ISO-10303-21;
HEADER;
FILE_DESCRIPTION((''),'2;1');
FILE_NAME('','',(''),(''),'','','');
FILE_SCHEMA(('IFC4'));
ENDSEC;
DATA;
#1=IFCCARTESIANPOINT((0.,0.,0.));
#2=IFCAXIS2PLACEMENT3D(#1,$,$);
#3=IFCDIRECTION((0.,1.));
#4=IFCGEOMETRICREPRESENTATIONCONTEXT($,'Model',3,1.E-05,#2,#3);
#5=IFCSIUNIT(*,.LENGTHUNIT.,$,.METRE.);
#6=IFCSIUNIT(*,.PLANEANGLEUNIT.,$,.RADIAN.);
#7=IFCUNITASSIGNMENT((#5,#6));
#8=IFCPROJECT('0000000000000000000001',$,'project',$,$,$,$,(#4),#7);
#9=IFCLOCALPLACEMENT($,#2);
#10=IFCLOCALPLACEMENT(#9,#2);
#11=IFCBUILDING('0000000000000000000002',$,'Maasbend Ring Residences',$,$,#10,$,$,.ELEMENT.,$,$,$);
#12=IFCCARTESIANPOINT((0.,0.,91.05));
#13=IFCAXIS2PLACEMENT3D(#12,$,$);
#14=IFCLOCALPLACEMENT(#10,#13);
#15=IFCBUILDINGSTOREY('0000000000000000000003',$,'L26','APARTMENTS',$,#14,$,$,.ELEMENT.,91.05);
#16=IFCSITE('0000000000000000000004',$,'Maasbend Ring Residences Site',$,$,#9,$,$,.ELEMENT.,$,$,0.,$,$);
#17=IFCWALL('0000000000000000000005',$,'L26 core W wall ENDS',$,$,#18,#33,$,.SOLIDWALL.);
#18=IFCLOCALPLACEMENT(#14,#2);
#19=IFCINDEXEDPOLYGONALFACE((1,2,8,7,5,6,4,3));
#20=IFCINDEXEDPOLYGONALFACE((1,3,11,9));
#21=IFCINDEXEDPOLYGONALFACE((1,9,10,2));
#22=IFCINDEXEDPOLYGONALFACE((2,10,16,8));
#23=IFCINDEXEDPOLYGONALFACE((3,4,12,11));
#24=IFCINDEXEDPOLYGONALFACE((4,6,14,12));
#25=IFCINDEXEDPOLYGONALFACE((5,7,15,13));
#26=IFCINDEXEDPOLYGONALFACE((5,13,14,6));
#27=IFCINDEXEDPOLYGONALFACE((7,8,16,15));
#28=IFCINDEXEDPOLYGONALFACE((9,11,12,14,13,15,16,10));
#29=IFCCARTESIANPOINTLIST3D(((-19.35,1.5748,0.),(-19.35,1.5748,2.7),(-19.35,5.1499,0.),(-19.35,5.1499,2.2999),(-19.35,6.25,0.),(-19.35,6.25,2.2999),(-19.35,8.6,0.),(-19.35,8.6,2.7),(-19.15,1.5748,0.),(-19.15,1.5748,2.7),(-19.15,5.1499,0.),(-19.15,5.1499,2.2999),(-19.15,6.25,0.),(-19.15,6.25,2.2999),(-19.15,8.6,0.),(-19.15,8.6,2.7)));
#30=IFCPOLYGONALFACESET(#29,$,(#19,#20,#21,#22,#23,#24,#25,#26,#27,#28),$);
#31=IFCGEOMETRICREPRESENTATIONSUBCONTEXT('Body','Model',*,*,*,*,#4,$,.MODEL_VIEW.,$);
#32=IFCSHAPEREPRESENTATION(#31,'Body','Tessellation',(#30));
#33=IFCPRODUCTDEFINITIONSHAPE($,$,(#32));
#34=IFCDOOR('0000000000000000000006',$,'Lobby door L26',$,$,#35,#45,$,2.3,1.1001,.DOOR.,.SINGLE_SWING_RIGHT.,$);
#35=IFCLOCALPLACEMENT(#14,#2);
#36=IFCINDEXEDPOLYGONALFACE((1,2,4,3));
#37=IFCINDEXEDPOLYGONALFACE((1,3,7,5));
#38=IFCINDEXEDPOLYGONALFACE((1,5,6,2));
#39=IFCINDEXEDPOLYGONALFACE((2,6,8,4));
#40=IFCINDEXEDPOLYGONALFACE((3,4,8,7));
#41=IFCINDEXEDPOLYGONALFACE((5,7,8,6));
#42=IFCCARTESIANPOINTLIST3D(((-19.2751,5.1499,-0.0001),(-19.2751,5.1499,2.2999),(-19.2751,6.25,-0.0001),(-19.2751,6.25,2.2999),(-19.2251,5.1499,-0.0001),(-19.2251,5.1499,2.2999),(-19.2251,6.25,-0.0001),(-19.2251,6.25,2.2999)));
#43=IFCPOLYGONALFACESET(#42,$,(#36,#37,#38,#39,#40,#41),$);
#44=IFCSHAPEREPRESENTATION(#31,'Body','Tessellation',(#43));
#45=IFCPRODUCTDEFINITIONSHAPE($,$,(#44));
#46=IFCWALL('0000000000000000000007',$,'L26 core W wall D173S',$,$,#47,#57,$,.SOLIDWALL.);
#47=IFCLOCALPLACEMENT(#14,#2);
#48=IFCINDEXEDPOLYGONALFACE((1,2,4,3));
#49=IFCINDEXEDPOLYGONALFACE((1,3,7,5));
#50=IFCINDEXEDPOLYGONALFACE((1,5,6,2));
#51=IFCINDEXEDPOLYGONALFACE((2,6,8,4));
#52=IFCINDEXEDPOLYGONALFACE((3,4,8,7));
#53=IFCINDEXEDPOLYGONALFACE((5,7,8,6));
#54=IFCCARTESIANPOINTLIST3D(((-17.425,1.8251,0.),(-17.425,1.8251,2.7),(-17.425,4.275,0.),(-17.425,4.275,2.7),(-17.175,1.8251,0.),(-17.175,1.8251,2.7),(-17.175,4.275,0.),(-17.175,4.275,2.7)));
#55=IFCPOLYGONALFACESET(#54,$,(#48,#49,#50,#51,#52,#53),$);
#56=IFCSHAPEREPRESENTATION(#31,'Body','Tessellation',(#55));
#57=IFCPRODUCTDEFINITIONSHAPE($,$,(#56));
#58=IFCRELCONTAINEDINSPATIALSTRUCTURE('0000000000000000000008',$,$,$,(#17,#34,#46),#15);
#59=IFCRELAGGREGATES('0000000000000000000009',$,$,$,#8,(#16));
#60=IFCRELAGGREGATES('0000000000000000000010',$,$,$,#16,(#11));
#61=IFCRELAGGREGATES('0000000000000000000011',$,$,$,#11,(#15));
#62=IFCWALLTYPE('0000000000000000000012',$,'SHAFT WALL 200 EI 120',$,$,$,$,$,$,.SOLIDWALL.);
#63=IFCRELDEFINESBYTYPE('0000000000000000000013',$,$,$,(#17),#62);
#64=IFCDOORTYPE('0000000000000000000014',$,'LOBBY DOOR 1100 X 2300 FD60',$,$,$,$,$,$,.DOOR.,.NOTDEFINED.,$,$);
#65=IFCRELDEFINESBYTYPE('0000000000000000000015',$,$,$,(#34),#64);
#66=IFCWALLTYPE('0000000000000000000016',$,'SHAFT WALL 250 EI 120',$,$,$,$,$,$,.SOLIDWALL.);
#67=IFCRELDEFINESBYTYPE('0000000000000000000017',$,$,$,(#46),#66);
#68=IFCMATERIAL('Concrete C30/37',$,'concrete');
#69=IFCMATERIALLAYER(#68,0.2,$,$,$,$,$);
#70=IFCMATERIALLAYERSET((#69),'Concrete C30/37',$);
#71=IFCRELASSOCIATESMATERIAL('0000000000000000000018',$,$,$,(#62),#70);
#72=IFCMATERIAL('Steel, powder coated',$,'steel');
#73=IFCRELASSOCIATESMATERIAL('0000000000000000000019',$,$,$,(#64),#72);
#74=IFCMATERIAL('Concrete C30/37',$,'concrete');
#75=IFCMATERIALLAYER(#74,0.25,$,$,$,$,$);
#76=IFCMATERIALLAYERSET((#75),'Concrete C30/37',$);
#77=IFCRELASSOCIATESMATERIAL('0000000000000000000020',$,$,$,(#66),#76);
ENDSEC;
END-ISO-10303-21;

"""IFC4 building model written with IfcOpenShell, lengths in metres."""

from ifc_helpers import new_model, si_unit, direction, frame, frame_2d, origin, place, context, subcontext, project, spatial, rectangle, extrude, material, layer, layer_set, type_object, element, fill, save


model = new_model("IFC4")

# Units and contexts
model_context = context("Model", 3, precision=1e-05, world=origin(), true_north=direction((0.0, 1.0)))
body_context = subcontext(model_context, "Body", "Model", "MODEL_VIEW")
ifc_project = project(units=[si_unit("LENGTHUNIT", "METRE"), si_unit("PLANEANGLEUNIT", "RADIAN")], contexts=[model_context])

# Site, building, storey
site_placement = place(None, origin())
site = spatial("IfcSite", under=ifc_project, at=site_placement, Name="Maasbend Ring Residences Site", CompositionType="ELEMENT", RefElevation=0.0)
building_placement = place(site_placement, origin())
building = spatial("IfcBuilding", under=site, at=building_placement, Name="Maasbend Ring Residences", CompositionType="ELEMENT")
storey_placement = place(building_placement, frame((0.0, 0.0, 91.05)))
storey = spatial("IfcBuildingStorey", under=building, at=storey_placement, Name="L26", Description="APARTMENTS", CompositionType="ELEMENT", Elevation=91.05)

# Wall, opening, door
ifc_material_1 = material(Name="Concrete C30/37", Category="concrete")
ifc_layer_1 = layer(ifc_material_1, 0.2)
ifc_layer_set_1 = layer_set([ifc_layer_1], Name="Concrete C30/37")
wall_type_1 = type_object("IfcWallType", Name="SHAFT WALL 200 EI 120", PredefinedType="SOLIDWALL", material=ifc_layer_set_1)
wall_1_placement = place(storey_placement, frame((-19.25, 8.6001, 0.0), z_axis=(0.0, 0.0, 1.0), x_axis=(0.0, -1.0, 0.0)))
wall_1 = element("IfcWall", 1, at=wall_1_placement, inside=storey, type_object=wall_type_1, Name="L26 core W wall ENDS", PredefinedType="SOLIDWALL", context=body_context, shape_type="SweptSolid", body=[
    extrude(rectangle(XDim=7.0251, YDim=0.2, at=frame_2d((3.5127, 0.0))), origin(), (0.0, 0.0, 1.0), 2.7),
])
opening_1_placement = place(wall_1_placement, frame((2.3501, 0.0, 0.0)))
opening_1 = element("IfcOpeningElement", 2, at=opening_1_placement, cuts=wall_1, PredefinedType="OPENING", context=body_context, shape_type="SweptSolid", body=[
    extrude(rectangle(XDim=1.1001, YDim=2.3, at=frame_2d((0.55, 1.1499))), frame((0.0, 0.1099, 0.0), z_axis=(0.0, -1.0, 0.0), x_axis=(1.0, 0.0, 0.0)), (0.0, 0.0, 1.0), 0.22),
])
ifc_material_2 = material(Name="Steel, powder coated", Category="steel")
door_type_1 = type_object("IfcDoorType", Name="LOBBY DOOR 1100 X 2300 FD60", OperationType="NOTDEFINED", PredefinedType="DOOR", material=ifc_material_2)
door_1_placement = place(opening_1_placement, origin())
door_1 = element("IfcDoor", 3, at=door_1_placement, inside=storey, type_object=door_type_1, Name="Lobby door L26", OperationType="SINGLE_SWING_RIGHT", OverallHeight=2.3, OverallWidth=1.1001, PredefinedType="DOOR", context=body_context, shape_type="SweptSolid", body=[
    extrude(rectangle(XDim=1.1001, YDim=2.3, at=frame_2d((0.55, 1.1499))), frame((0.0, 0.0249, 0.0), z_axis=(0.0, -1.0, 0.0), x_axis=(1.0, 0.0, 0.0)), (0.0, 0.0, 1.0), 0.05),
])
fill(opening_1, door_1)

# Wall
ifc_material_3 = material(Name="Concrete C30/37", Category="concrete")
ifc_layer_2 = layer(ifc_material_3, 0.25)
ifc_layer_set_2 = layer_set([ifc_layer_2], Name="Concrete C30/37")
wall_type_2 = type_object("IfcWallType", Name="SHAFT WALL 250 EI 120", PredefinedType="SOLIDWALL", material=ifc_layer_set_2)
wall_2_placement = place(storey_placement, frame((-17.3, 1.825, 0.0), z_axis=(0.0, 0.0, 1.0), x_axis=(0.0, 1.0, 0.0)))
element("IfcWall", 4, at=wall_2_placement, inside=storey, type_object=wall_type_2, Name="L26 core W wall D173S", PredefinedType="SOLIDWALL", context=body_context, shape_type="SweptSolid", body=[
    extrude(rectangle(XDim=2.45, YDim=0.25, at=frame_2d((1.2251, 0.0))), origin(), (0.0, 0.0, 1.0), 2.7),
])

save(model, "model.ifc")
